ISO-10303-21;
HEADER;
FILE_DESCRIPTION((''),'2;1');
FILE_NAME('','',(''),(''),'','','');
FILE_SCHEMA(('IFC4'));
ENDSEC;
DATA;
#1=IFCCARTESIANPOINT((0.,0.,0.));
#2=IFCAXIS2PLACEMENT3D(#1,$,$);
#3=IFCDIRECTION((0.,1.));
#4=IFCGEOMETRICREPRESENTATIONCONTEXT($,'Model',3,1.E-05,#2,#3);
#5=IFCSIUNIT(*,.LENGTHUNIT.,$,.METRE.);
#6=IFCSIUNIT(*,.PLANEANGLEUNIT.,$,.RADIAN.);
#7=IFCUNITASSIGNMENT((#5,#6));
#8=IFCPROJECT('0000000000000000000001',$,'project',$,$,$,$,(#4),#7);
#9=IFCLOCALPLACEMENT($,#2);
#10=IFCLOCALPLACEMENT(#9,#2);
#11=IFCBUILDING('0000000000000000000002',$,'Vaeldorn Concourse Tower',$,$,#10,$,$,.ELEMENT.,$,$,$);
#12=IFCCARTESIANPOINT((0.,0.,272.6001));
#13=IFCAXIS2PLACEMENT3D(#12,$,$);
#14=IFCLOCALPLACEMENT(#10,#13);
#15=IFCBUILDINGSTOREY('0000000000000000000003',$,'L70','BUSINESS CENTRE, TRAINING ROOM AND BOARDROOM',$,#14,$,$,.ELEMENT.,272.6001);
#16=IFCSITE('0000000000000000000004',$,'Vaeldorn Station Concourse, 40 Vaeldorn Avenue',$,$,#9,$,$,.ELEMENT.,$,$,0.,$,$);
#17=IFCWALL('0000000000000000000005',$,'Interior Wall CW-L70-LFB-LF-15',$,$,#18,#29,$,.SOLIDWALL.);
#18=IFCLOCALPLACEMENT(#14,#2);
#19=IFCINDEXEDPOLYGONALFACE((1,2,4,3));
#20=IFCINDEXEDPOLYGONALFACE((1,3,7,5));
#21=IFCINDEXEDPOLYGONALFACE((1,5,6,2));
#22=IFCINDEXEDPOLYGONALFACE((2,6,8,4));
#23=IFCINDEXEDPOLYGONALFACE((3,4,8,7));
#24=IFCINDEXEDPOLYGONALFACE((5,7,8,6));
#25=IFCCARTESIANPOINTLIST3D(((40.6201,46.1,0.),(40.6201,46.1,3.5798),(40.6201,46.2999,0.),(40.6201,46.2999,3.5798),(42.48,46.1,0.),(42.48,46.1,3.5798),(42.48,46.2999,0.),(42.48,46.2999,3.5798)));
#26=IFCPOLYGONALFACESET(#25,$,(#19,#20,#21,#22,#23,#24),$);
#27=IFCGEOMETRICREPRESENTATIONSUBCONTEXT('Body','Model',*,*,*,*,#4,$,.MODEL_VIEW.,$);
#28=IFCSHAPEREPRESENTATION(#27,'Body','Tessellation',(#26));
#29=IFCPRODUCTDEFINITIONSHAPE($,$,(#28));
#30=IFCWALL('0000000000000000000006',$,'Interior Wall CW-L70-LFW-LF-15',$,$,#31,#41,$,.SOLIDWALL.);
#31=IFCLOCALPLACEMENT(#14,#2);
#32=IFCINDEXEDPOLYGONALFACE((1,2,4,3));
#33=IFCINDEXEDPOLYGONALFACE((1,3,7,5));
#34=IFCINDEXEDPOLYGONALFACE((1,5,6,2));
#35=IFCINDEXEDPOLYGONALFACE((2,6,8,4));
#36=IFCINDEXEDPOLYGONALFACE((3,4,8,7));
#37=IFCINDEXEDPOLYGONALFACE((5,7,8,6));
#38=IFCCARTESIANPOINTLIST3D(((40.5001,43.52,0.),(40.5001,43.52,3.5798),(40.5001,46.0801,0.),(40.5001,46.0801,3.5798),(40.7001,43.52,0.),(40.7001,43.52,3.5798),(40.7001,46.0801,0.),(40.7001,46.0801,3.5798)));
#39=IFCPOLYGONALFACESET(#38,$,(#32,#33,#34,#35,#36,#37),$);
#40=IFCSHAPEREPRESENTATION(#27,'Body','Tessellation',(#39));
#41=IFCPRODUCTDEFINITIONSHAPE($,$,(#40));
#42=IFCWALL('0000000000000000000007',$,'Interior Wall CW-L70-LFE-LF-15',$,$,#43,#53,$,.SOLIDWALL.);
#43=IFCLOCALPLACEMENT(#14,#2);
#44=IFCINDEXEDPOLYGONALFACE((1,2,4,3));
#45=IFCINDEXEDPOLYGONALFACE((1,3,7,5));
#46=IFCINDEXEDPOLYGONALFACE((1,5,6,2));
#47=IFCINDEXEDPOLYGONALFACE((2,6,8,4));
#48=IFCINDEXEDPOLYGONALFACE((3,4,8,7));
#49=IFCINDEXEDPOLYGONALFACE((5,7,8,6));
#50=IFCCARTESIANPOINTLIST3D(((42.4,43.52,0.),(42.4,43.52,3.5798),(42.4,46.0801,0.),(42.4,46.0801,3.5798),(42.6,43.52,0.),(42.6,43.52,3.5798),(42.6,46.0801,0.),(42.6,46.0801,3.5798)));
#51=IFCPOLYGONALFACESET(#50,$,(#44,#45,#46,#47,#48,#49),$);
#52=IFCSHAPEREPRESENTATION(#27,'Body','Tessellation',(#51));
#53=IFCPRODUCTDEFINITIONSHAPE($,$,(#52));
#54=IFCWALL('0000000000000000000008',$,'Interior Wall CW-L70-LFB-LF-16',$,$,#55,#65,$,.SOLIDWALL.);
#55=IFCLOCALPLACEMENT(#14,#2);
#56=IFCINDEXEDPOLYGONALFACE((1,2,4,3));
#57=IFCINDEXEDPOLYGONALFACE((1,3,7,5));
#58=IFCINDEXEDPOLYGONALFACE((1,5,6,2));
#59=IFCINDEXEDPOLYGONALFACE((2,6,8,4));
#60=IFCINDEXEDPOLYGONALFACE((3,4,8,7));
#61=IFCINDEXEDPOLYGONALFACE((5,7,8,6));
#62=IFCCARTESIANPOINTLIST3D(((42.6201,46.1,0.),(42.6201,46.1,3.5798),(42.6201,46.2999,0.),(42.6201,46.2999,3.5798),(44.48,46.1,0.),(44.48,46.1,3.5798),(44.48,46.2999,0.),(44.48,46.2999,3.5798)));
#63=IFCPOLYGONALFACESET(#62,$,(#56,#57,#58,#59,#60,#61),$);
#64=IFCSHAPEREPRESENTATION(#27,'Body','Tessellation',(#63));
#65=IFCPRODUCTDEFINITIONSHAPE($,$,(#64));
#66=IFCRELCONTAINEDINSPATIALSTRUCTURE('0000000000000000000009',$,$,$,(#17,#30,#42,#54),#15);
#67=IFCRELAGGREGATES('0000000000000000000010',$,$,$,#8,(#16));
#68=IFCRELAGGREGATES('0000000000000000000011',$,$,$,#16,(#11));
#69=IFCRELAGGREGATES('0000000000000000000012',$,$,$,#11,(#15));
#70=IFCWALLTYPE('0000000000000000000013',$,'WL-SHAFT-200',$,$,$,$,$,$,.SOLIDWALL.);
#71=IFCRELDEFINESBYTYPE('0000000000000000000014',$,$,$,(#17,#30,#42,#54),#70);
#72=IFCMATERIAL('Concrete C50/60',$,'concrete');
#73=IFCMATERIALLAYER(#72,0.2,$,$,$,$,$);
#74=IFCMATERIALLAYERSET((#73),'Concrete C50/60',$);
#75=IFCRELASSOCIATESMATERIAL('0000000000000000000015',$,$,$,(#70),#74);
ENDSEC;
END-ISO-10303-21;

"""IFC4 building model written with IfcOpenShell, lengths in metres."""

from ifc_helpers import new_model, si_unit, direction, frame, frame_2d, origin, place, context, subcontext, project, spatial, rectangle, extrude, material, layer, layer_set, type_object, element, save


model = new_model("IFC4")

# Units and contexts
model_context = context("Model", 3, precision=1e-05, world=origin(), true_north=direction((0.0, 1.0)))
body_context = subcontext(model_context, "Body", "Model", "MODEL_VIEW")
ifc_project = project(units=[si_unit("LENGTHUNIT", "METRE"), si_unit("PLANEANGLEUNIT", "RADIAN")], contexts=[model_context])

# Site, building, storey
site_placement = place(None, origin())
site = spatial("IfcSite", under=ifc_project, at=site_placement, Name="Vaeldorn Station Concourse, 40 Vaeldorn Avenue", CompositionType="ELEMENT", RefElevation=0.0)
building_placement = place(site_placement, origin())
building = spatial("IfcBuilding", under=site, at=building_placement, Name="Vaeldorn Concourse Tower", CompositionType="ELEMENT")
storey_placement = place(building_placement, frame((0.0, 0.0, 272.6001)))
storey = spatial("IfcBuildingStorey", under=building, at=storey_placement, Name="L70", Description="BUSINESS CENTRE, TRAINING ROOM AND BOARDROOM", CompositionType="ELEMENT", Elevation=272.6001)

# Shared definitions
ifc_material_1 = material(Name="Concrete C50/60", Category="concrete")

# Shared definitions
ifc_layer_1 = layer(ifc_material_1, 0.2)
ifc_layer_set_1 = layer_set([ifc_layer_1], Name="Concrete C50/60")
wall_type_1 = type_object("IfcWallType", Name="WL-SHAFT-200", PredefinedType="SOLIDWALL", material=ifc_layer_set_1)

# Walls
wall_1_placement = place(storey_placement, frame((40.6201, 46.2, 0.0), z_axis=(0.0, 0.0, 1.0), x_axis=(1.0, 0.0, 0.0)))
element("IfcWall", 1, at=wall_1_placement, inside=storey, type_object=wall_type_1, Name="Interior Wall CW-L70-LFB-LF-15", PredefinedType="SOLIDWALL", context=body_context, shape_type="SweptSolid", body=[
    extrude(rectangle(XDim=1.8599, YDim=0.2, at=frame_2d((0.9299, 0.0))), origin(), (0.0, 0.0, 1.0), 3.5798),
])
for number, where, z_axis, x_axis, name in (
    (2, (40.6001, 43.52, 0.0), (0.0, 0.0, 1.0), (0.0, 1.0, 0.0), "Interior Wall CW-L70-LFW-LF-15"),
    (3, (42.5, 43.52, 0.0), (0.0, 0.0, 1.0), (0.0, 1.0, 0.0), "Interior Wall CW-L70-LFE-LF-15"),
):
    element("IfcWall", number, at=place(storey_placement, frame(where, z_axis=z_axis, x_axis=x_axis)), inside=storey, type_object=wall_type_1, Name=name, PredefinedType="SOLIDWALL", context=body_context, shape_type="SweptSolid", body=[
        extrude(rectangle(XDim=2.5601, YDim=0.2, at=frame_2d((1.28, 0.0))), origin(), (0.0, 0.0, 1.0), 3.5798),
    ])

# Wall
wall_2_placement = place(storey_placement, frame((42.6201, 46.2, 0.0), z_axis=(0.0, 0.0, 1.0), x_axis=(1.0, 0.0, 0.0)))
element("IfcWall", 4, at=wall_2_placement, inside=storey, type_object=wall_type_1, Name="Interior Wall CW-L70-LFB-LF-16", PredefinedType="SOLIDWALL", context=body_context, shape_type="SweptSolid", body=[
    extrude(rectangle(XDim=1.8599, YDim=0.2, at=frame_2d((0.9299, 0.0))), origin(), (0.0, 0.0, 1.0), 3.5798),
])

save(model, "model.ifc")
